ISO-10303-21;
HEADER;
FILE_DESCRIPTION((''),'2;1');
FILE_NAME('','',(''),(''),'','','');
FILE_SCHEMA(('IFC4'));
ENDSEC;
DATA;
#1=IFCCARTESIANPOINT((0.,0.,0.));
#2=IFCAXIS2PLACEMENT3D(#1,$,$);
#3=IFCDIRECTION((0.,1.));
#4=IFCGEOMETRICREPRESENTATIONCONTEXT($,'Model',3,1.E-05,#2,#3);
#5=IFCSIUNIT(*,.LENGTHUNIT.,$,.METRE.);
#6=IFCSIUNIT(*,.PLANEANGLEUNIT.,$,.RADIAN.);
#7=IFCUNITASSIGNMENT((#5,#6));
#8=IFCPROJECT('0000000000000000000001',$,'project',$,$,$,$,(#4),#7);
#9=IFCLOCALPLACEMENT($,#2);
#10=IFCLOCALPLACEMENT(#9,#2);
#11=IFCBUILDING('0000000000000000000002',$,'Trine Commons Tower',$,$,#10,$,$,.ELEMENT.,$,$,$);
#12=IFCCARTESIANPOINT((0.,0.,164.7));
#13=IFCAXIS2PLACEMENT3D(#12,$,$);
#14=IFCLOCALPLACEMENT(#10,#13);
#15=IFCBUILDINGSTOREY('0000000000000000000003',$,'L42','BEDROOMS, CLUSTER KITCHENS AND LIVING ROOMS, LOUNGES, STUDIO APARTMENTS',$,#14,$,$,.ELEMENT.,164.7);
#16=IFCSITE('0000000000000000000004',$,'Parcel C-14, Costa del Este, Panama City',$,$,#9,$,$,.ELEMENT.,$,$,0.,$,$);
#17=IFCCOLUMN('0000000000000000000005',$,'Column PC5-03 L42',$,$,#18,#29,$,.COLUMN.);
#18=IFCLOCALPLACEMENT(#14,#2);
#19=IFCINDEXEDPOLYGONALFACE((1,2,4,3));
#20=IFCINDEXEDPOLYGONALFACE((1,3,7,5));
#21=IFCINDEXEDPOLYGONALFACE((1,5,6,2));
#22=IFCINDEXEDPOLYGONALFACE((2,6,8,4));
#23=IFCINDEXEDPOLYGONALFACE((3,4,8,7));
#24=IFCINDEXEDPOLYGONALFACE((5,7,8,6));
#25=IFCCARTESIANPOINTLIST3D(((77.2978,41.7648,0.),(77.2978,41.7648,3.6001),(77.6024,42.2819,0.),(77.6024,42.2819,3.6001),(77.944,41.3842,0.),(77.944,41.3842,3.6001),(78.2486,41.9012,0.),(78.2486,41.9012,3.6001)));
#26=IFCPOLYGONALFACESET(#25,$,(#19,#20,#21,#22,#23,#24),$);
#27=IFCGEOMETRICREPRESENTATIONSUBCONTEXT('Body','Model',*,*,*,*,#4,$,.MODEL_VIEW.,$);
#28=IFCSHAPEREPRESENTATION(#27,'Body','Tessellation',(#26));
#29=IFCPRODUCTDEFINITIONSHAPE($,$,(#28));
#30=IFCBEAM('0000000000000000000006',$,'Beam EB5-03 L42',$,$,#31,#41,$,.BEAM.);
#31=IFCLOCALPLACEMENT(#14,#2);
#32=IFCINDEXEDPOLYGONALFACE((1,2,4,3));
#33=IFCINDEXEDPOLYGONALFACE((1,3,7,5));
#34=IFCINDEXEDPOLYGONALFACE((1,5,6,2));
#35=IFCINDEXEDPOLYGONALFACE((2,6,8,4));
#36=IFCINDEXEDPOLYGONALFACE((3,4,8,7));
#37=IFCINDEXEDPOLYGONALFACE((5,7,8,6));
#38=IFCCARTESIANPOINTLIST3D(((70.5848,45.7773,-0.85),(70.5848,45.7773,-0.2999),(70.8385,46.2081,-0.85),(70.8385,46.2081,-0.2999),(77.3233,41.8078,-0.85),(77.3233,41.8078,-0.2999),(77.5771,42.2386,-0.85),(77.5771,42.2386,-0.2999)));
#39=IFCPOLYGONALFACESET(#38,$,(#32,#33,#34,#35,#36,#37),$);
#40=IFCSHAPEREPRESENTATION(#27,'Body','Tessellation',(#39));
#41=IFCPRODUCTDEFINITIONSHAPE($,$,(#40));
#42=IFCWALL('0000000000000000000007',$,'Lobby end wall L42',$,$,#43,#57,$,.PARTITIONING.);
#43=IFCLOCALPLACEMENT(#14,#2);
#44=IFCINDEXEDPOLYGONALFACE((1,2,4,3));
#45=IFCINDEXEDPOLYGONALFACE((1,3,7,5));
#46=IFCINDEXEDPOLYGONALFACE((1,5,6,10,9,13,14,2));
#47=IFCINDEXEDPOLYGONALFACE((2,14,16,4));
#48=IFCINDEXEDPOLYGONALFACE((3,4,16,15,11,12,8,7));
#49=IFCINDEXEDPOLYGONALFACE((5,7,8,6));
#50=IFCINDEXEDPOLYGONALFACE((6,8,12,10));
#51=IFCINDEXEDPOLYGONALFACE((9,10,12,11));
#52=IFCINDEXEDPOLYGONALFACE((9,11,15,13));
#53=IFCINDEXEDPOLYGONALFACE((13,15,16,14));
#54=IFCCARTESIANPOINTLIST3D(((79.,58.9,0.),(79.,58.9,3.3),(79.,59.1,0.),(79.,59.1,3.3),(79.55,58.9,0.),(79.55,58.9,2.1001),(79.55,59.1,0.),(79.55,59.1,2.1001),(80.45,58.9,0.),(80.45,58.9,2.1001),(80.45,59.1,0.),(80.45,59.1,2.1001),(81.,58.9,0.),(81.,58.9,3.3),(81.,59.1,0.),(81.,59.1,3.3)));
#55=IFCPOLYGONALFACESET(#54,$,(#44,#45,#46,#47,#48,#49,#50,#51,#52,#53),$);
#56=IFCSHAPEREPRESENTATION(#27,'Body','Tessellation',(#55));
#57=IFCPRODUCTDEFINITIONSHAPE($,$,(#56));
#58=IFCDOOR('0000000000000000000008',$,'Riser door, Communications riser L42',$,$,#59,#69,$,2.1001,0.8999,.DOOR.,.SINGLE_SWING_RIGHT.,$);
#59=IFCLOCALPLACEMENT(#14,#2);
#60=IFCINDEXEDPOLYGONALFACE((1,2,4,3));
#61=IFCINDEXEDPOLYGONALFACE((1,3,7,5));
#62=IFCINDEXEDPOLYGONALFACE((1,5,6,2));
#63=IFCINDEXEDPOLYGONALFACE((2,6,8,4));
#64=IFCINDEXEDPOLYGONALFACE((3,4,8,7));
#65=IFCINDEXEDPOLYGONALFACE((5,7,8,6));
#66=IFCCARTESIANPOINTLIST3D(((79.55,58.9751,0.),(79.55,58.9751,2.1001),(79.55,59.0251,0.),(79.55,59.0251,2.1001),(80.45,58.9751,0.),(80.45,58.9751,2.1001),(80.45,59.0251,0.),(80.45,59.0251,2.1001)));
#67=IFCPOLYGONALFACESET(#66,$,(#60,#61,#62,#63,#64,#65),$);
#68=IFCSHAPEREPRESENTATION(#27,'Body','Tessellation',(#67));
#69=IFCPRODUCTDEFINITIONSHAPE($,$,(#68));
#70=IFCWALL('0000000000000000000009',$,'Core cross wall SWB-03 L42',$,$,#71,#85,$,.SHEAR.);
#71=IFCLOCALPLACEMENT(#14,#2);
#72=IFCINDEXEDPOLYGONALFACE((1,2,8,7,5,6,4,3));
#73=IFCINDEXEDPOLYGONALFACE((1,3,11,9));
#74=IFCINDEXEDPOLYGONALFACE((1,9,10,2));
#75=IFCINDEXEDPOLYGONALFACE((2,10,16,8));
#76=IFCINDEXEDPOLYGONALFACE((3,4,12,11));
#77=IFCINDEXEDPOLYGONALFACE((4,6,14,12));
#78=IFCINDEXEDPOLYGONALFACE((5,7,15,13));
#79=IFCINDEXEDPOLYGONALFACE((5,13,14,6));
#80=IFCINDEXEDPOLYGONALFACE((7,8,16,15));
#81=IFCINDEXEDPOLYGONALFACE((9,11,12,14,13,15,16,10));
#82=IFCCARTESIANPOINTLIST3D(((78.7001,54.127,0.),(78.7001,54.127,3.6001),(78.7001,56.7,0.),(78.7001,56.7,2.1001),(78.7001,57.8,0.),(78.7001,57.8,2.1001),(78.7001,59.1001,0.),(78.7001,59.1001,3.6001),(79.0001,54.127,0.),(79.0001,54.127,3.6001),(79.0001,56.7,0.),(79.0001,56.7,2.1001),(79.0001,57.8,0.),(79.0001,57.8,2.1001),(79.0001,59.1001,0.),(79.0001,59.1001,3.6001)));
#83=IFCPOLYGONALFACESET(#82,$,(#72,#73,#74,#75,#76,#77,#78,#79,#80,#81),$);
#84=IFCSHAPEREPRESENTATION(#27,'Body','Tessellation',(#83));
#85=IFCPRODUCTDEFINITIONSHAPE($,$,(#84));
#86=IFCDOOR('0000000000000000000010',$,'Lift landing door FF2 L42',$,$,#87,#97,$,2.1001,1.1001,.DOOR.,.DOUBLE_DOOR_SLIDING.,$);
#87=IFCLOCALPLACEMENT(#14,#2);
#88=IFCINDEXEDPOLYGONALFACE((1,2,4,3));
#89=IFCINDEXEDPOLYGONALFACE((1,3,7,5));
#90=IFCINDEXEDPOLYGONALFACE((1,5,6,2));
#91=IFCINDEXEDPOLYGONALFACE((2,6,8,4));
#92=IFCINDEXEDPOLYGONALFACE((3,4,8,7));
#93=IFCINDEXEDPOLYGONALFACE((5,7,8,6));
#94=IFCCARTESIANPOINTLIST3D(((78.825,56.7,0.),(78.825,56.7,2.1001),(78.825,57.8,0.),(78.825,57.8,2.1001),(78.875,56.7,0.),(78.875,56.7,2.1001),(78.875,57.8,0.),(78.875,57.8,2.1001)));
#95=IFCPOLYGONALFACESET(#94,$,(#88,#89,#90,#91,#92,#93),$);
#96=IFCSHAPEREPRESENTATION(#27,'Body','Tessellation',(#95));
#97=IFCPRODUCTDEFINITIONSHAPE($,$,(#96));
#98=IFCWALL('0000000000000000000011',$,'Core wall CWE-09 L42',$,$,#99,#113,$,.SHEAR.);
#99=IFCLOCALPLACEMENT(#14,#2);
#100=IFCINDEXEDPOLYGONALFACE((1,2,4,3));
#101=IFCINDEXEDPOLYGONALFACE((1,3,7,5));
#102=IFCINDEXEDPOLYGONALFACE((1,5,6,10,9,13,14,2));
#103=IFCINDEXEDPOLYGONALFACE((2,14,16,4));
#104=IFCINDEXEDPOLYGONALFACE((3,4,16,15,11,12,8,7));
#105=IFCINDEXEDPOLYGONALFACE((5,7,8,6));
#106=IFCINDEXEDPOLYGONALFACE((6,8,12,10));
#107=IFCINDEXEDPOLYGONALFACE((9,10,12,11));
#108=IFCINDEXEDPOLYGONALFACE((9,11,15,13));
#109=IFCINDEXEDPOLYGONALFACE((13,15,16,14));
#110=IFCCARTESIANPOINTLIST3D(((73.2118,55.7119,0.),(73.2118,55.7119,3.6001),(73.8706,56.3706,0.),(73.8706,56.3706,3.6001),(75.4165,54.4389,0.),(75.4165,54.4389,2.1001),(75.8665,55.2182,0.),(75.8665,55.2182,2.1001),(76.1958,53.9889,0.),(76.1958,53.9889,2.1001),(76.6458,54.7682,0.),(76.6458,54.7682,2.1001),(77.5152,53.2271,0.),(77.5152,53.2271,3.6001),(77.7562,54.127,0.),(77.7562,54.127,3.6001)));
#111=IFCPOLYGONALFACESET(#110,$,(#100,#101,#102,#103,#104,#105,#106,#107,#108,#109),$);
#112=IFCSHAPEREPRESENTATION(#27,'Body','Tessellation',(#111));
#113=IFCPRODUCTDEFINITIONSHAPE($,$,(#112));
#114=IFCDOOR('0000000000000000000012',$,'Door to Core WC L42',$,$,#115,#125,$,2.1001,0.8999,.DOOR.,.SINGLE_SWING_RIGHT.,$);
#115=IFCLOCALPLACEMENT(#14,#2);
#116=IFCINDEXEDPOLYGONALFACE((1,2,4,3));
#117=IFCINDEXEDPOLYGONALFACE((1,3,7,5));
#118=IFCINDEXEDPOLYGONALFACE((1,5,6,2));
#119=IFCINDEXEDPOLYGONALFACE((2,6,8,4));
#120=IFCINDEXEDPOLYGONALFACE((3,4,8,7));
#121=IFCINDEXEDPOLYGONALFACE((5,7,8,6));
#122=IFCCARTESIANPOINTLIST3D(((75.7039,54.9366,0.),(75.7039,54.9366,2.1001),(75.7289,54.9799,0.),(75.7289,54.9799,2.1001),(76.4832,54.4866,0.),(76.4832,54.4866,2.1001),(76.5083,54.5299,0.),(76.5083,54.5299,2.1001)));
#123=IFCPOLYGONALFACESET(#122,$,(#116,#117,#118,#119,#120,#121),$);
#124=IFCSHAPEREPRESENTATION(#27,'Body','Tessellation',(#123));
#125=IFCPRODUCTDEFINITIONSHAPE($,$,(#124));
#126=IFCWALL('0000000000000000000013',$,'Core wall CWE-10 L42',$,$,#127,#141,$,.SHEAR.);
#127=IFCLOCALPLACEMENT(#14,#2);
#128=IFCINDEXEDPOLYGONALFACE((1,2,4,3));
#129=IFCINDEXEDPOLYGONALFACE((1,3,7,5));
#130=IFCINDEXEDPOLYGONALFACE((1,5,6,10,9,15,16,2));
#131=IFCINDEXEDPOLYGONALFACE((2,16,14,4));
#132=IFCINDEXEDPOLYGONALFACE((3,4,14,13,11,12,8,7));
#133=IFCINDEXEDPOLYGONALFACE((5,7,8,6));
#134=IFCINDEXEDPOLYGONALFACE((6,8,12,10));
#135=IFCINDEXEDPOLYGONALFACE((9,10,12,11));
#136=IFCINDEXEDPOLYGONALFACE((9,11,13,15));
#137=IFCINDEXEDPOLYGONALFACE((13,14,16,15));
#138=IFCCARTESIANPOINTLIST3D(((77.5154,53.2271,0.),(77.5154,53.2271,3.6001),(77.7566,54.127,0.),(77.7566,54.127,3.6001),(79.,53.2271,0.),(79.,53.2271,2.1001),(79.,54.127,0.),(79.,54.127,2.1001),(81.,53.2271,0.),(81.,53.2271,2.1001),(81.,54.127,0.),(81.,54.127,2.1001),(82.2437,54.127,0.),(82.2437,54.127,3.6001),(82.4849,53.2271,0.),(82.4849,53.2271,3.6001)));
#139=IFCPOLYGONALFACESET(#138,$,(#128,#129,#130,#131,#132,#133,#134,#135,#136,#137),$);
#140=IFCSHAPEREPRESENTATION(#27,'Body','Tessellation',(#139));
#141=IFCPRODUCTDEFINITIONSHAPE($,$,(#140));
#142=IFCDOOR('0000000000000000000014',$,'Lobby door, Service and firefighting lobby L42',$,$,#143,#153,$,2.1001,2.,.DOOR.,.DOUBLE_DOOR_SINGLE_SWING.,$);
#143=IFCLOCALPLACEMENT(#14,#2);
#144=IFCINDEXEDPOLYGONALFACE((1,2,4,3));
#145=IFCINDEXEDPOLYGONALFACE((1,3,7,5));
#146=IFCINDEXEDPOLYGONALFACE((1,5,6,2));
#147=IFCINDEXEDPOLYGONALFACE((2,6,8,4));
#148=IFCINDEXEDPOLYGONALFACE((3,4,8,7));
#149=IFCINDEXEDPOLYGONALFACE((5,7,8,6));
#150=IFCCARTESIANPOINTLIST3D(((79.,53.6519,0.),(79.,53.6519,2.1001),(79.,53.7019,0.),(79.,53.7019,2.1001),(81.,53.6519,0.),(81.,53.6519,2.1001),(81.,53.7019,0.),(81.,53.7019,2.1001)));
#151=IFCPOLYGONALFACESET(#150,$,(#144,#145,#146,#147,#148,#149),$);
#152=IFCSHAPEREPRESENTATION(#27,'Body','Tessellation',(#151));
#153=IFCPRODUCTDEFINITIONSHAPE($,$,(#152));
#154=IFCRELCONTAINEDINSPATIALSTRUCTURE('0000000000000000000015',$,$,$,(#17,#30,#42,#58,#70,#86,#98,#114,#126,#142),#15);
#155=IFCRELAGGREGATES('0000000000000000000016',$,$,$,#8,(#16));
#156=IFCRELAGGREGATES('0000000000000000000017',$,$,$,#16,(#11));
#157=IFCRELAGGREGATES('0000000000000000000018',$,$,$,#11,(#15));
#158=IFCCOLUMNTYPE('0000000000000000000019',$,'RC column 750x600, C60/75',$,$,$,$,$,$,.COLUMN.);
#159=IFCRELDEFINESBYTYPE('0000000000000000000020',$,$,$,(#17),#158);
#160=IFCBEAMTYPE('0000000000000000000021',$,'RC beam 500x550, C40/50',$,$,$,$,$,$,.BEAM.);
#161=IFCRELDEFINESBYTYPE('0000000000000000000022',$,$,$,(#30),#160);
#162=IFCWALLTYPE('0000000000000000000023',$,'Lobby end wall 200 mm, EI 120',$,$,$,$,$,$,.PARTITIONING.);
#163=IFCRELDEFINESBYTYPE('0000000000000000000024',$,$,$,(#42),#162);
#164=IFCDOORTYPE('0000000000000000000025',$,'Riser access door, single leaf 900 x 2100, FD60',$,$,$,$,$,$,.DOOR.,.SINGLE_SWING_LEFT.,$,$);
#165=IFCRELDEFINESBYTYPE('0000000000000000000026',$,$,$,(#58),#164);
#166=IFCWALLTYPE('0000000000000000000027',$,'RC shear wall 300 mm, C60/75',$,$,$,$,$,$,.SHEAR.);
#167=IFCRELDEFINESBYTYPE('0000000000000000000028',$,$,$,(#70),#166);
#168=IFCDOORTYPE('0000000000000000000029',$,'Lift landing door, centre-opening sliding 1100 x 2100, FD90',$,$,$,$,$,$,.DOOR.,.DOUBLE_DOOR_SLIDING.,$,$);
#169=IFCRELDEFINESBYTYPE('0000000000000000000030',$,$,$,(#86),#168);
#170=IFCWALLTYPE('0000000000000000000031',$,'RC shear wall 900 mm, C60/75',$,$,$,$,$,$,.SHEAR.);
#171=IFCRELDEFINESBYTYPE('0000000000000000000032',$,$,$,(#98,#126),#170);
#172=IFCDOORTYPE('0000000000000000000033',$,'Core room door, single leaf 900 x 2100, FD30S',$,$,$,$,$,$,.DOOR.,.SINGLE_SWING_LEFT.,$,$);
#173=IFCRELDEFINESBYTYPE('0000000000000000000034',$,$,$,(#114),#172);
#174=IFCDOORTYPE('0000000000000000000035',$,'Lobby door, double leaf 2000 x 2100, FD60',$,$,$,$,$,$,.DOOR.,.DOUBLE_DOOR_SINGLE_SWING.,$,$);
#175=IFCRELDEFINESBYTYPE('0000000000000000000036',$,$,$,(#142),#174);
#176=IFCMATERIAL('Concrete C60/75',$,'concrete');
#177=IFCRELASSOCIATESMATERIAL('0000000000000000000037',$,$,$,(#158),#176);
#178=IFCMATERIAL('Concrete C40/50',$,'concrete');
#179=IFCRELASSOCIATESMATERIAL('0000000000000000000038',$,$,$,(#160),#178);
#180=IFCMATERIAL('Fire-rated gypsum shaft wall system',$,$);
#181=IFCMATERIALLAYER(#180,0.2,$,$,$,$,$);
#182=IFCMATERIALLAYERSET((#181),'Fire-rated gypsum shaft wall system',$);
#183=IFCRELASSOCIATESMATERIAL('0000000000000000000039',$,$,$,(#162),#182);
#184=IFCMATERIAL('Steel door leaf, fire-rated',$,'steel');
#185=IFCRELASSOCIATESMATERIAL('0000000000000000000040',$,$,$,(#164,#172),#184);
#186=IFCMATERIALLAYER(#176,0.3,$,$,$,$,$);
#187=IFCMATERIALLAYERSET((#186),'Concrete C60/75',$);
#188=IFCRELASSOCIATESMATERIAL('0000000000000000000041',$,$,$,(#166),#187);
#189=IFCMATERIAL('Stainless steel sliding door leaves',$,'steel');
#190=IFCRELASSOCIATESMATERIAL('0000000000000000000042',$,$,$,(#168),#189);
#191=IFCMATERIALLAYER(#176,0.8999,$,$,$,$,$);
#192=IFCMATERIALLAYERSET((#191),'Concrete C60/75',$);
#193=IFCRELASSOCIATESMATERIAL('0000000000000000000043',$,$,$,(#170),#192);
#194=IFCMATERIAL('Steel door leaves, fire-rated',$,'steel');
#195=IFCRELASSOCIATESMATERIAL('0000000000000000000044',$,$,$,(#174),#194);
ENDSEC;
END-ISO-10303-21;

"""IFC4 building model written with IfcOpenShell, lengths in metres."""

from ifc_helpers import new_model, si_unit, direction, frame, frame_2d, origin, origin_2d, place, context, subcontext, project, spatial, polyline, rectangle, outline, extrude, material, layer, layer_set, material_profile, profile_set, type_object, element, fill, save


model = new_model("IFC4")

# Units and contexts
model_context = context("Model", 3, precision=1e-05, world=origin(), true_north=direction((0.0, 1.0)))
body_context = subcontext(model_context, "Body", "Model", "MODEL_VIEW")
ifc_project = project(units=[si_unit("LENGTHUNIT", "METRE"), si_unit("PLANEANGLEUNIT", "RADIAN")], contexts=[model_context])

# Site, building, storey
site_placement = place(None, origin())
site = spatial("IfcSite", under=ifc_project, at=site_placement, Name="Parcel C-14, Costa del Este, Panama City", CompositionType="ELEMENT", RefElevation=0.0)
building_placement = place(site_placement, origin())
building = spatial("IfcBuilding", under=site, at=building_placement, Name="Trine Commons Tower", CompositionType="ELEMENT")
storey_placement = place(building_placement, frame((0.0, 0.0, 164.7)))
storey = spatial("IfcBuildingStorey", under=building, at=storey_placement, Name="L42", Description="BEDROOMS, CLUSTER KITCHENS AND LIVING ROOMS, LOUNGES, STUDIO APARTMENTS", CompositionType="ELEMENT", Elevation=164.7)

# Column
ifc_material_1 = material(Name="Concrete C60/75", Category="concrete")
ifc_material_profile_1 = material_profile(ifc_material_1, rectangle(XDim=0.75, YDim=0.6001, at=origin_2d()), Name="RC 750x600")
ifc_profile_set_1 = profile_set([ifc_material_profile_1], Name="Concrete C60/75")
column_type = type_object("IfcColumnType", Name="RC column 750x600, C60/75", PredefinedType="COLUMN", material=ifc_profile_set_1)
column_placement = place(storey_placement, frame((77.7732, 41.833, 0.0), z_axis=(0.0, 0.0, 1.0), x_axis=(-0.861629, 0.507538, 0.0)))
element("IfcColumn", 1, at=column_placement, inside=storey, type_object=column_type, Name="Column PC5-03 L42", PredefinedType="COLUMN", context=body_context, shape_type="SweptSolid", body=[
    extrude(rectangle(XDim=0.75, YDim=0.6001, at=origin_2d()), origin(), (0.0, 0.0, 1.0), 3.6001),
])

# Beam
ifc_material_2 = material(Name="Concrete C40/50", Category="concrete")
ifc_material_profile_2 = material_profile(ifc_material_2, rectangle(XDim=0.5, YDim=0.55, at=origin_2d()), Name="RC 500x550")
ifc_profile_set_2 = profile_set([ifc_material_profile_2], Name="Concrete C40/50")
beam_type = type_object("IfcBeamType", Name="RC beam 500x550, C40/50", PredefinedType="BEAM", material=ifc_profile_set_2)
beam_placement = place(storey_placement, frame((77.4502, 42.0232, -0.575), z_axis=(-0.861619, 0.507556, 0.0), x_axis=(-0.507556, -0.861619, 0.0)))
element("IfcBeam", 2, at=beam_placement, inside=storey, type_object=beam_type, Name="Beam EB5-03 L42", PredefinedType="BEAM", context=body_context, shape_type="SweptSolid", body=[
    extrude(rectangle(XDim=0.5, YDim=0.55, at=origin_2d()), origin(), (0.0, 0.0, 1.0), 7.8208),
])

# Walls, openings, doors
ifc_material_3 = material(Name="Fire-rated gypsum shaft wall system")
ifc_layer_1 = layer(ifc_material_3, 0.2)
ifc_layer_set_1 = layer_set([ifc_layer_1], Name="Fire-rated gypsum shaft wall system")
wall_type_1 = type_object("IfcWallType", Name="Lobby end wall 200 mm, EI 120", PredefinedType="PARTITIONING", material=ifc_layer_set_1)
wall_1_placement = place(storey_placement, frame((79.0, 59.0, 0.0), z_axis=(0.0, 0.0, 1.0), x_axis=(1.0, 0.0, 0.0)))
wall_1 = element("IfcWall", 3, at=wall_1_placement, inside=storey, type_object=wall_type_1, Name="Lobby end wall L42", PredefinedType="PARTITIONING", context=body_context, shape_type="SweptSolid", body=[
    extrude(rectangle(XDim=2.0, YDim=0.2, at=frame_2d((1.0, 0.0))), origin(), (0.0, 0.0, 1.0), 3.3),
])
opening_1_placement = place(wall_1_placement, frame((0.55, 0.0, 0.0)))
opening_1 = element("IfcOpeningElement", 4, at=opening_1_placement, cuts=wall_1, PredefinedType="OPENING", context=body_context, shape_type="SweptSolid", body=[
    extrude(rectangle(XDim=0.8999, YDim=2.1001, at=frame_2d((0.45, 1.05))), frame((0.0, 0.1099, 0.0), z_axis=(0.0, -1.0, 0.0), x_axis=(1.0, 0.0, 0.0)), (0.0, 0.0, 1.0), 0.22),
])
ifc_material_4 = material(Name="Steel door leaf, fire-rated", Category="steel")
door_type_1 = type_object("IfcDoorType", Name="Riser access door, single leaf 900 x 2100, FD60", OperationType="SINGLE_SWING_LEFT", PredefinedType="DOOR", material=ifc_material_4)
door_1_placement = place(opening_1_placement, frame((0.8999, 0.0, 0.0), z_axis=(0.0, 0.0, 1.0), x_axis=(-1.0, 0.0, 0.0)))
door_1 = element("IfcDoor", 5, at=door_1_placement, inside=storey, type_object=door_type_1, Name="Riser door, Communications riser L42", OperationType="SINGLE_SWING_RIGHT", OverallHeight=2.1001, OverallWidth=0.8999, PredefinedType="DOOR", context=body_context, shape_type="SweptSolid", body=[
    extrude(rectangle(XDim=0.8999, YDim=2.1001, at=frame_2d((0.45, 1.05))), frame((0.0, 0.0249, 0.0), z_axis=(0.0, -1.0, 0.0), x_axis=(1.0, 0.0, 0.0)), (0.0, 0.0, 1.0), 0.05),
])
fill(opening_1, door_1)
ifc_layer_2 = layer(ifc_material_1, 0.3)
ifc_layer_set_2 = layer_set([ifc_layer_2], Name="Concrete C60/75")
wall_type_2 = type_object("IfcWallType", Name="RC shear wall 300 mm, C60/75", PredefinedType="SHEAR", material=ifc_layer_set_2)
wall_2_placement = place(storey_placement, frame((78.8501, 59.1001, 0.0), z_axis=(0.0, 0.0, 1.0), x_axis=(0.0, -1.0, 0.0)))
wall_2 = element("IfcWall", 6, at=wall_2_placement, inside=storey, type_object=wall_type_2, Name="Core cross wall SWB-03 L42", PredefinedType="SHEAR", context=body_context, shape_type="SweptSolid", body=[
    extrude(rectangle(XDim=4.9731, YDim=0.3, at=frame_2d((2.4866, 0.0))), origin(), (0.0, 0.0, 1.0), 3.6001),
])
opening_2_placement = place(wall_2_placement, frame((1.3, 0.0, 0.0)))
opening_2 = element("IfcOpeningElement", 7, at=opening_2_placement, cuts=wall_2, PredefinedType="OPENING", context=body_context, shape_type="SweptSolid", body=[
    extrude(rectangle(XDim=1.1001, YDim=2.1001, at=frame_2d((0.55, 1.05))), frame((0.0, 0.1599, 0.0), z_axis=(0.0, -1.0, 0.0), x_axis=(1.0, 0.0, 0.0)), (0.0, 0.0, 1.0), 0.3201),
])
ifc_material_5 = material(Name="Stainless steel sliding door leaves", Category="steel")
door_type_2 = type_object("IfcDoorType", Name="Lift landing door, centre-opening sliding 1100 x 2100, FD90", OperationType="DOUBLE_DOOR_SLIDING", PredefinedType="DOOR", material=ifc_material_5)
door_2_placement = place(opening_2_placement, origin())
door_2 = element("IfcDoor", 8, at=door_2_placement, inside=storey, type_object=door_type_2, Name="Lift landing door FF2 L42", OperationType="DOUBLE_DOOR_SLIDING", OverallHeight=2.1001, OverallWidth=1.1001, PredefinedType="DOOR", context=body_context, shape_type="SweptSolid", body=[
    extrude(rectangle(XDim=1.1001, YDim=2.1001, at=frame_2d((0.55, 1.05))), frame((0.0, 0.0249, 0.0), z_axis=(0.0, -1.0, 0.0), x_axis=(1.0, 0.0, 0.0)), (0.0, 0.0, 1.0), 0.05),
])
fill(opening_2, door_2)
ifc_layer_3 = layer(ifc_material_1, 0.8999)
ifc_layer_set_3 = layer_set([ifc_layer_3], Name="Concrete C60/75")
wall_type_3 = type_object("IfcWallType", Name="RC shear wall 900 mm, C60/75", PredefinedType="SHEAR", material=ifc_layer_set_3)
wall_3_placement = place(storey_placement, frame((73.4368, 56.1016, 0.0), z_axis=(0.0, 0.0, 1.0), x_axis=(0.866003, -0.500039, 0.0)))
wall_3 = element("IfcWall", 9, at=wall_3_placement, inside=storey, type_object=wall_type_3, Name="Core wall CWE-09 L42", PredefinedType="SHEAR", context=body_context, shape_type="SweptSolid", body=[
    extrude(outline(polyline([(0.0, -0.45), (4.9692, -0.45), (4.728, 0.45), (0.2412, 0.45), (0.0, -0.45)])), origin(), (0.0, 0.0, 1.0), 3.6001),
])
opening_3_placement = place(wall_3_placement, frame((2.5459, 0.0, 0.0)))
opening_3 = element("IfcOpeningElement", 10, at=opening_3_placement, cuts=wall_3, PredefinedType="OPENING", context=body_context, shape_type="SweptSolid", body=[
    extrude(rectangle(XDim=0.8999, YDim=2.1001, at=frame_2d((0.45, 1.05))), frame((0.0, 0.46, 0.0), z_axis=(0.0, -1.0, 0.0), x_axis=(1.0, 0.0, 0.0)), (0.0, 0.0, 1.0), 0.9199),
])
door_type_3 = type_object("IfcDoorType", Name="Core room door, single leaf 900 x 2100, FD30S", OperationType="SINGLE_SWING_LEFT", PredefinedType="DOOR", material=ifc_material_4)
door_3_placement = place(opening_3_placement, origin())
door_3 = element("IfcDoor", 11, at=door_3_placement, inside=storey, type_object=door_type_3, Name="Door to Core WC L42", OperationType="SINGLE_SWING_RIGHT", OverallHeight=2.1001, OverallWidth=0.8999, PredefinedType="DOOR", context=body_context, shape_type="SweptSolid", body=[
    extrude(rectangle(XDim=0.8999, YDim=2.1001, at=frame_2d((0.45, 1.05))), frame((0.0, 0.1748, 0.0), z_axis=(0.0, -1.0, 0.0), x_axis=(1.0, 0.0, 0.0)), (0.0, 0.0, 1.0), 0.05),
])
fill(opening_3, door_3)
wall_4_placement = place(storey_placement, frame((77.5154, 53.677, 0.0), z_axis=(0.0, 0.0, 1.0), x_axis=(1.0, 0.0, 0.0)))
wall_4 = element("IfcWall", 12, at=wall_4_placement, inside=storey, type_object=wall_type_3, Name="Core wall CWE-10 L42", PredefinedType="SHEAR", context=body_context, shape_type="SweptSolid", body=[
    extrude(outline(polyline([(0.0, -0.45), (4.9695, -0.45), (4.7283, 0.45), (0.2412, 0.45), (0.0, -0.45)])), origin(), (0.0, 0.0, 1.0), 3.6001),
])
opening_4_placement = place(wall_4_placement, frame((1.4846, 0.0, 0.0)))
opening_4 = element("IfcOpeningElement", 13, at=opening_4_placement, cuts=wall_4, PredefinedType="OPENING", context=body_context, shape_type="SweptSolid", body=[
    extrude(rectangle(XDim=2.0, YDim=2.1001, at=frame_2d((1.0, 1.05))), frame((0.0, 0.46, 0.0), z_axis=(0.0, -1.0, 0.0), x_axis=(1.0, 0.0, 0.0)), (0.0, 0.0, 1.0), 0.9199),
])
ifc_material_6 = material(Name="Steel door leaves, fire-rated", Category="steel")
door_type_4 = type_object("IfcDoorType", Name="Lobby door, double leaf 2000 x 2100, FD60", OperationType="DOUBLE_DOOR_SINGLE_SWING", PredefinedType="DOOR", material=ifc_material_6)
door_4_placement = place(opening_4_placement, origin())
door_4 = element("IfcDoor", 14, at=door_4_placement, inside=storey, type_object=door_type_4, Name="Lobby door, Service and firefighting lobby L42", OperationType="DOUBLE_DOOR_SINGLE_SWING", OverallHeight=2.1001, OverallWidth=2.0, PredefinedType="DOOR", context=body_context, shape_type="SweptSolid", body=[
    extrude(rectangle(XDim=2.0, YDim=2.1001, at=frame_2d((1.0, 1.05))), frame((0.0, 0.0249, 0.0), z_axis=(0.0, -1.0, 0.0), x_axis=(1.0, 0.0, 0.0)), (0.0, 0.0, 1.0), 0.05),
])
fill(opening_4, door_4)

save(model, "model.ifc")
